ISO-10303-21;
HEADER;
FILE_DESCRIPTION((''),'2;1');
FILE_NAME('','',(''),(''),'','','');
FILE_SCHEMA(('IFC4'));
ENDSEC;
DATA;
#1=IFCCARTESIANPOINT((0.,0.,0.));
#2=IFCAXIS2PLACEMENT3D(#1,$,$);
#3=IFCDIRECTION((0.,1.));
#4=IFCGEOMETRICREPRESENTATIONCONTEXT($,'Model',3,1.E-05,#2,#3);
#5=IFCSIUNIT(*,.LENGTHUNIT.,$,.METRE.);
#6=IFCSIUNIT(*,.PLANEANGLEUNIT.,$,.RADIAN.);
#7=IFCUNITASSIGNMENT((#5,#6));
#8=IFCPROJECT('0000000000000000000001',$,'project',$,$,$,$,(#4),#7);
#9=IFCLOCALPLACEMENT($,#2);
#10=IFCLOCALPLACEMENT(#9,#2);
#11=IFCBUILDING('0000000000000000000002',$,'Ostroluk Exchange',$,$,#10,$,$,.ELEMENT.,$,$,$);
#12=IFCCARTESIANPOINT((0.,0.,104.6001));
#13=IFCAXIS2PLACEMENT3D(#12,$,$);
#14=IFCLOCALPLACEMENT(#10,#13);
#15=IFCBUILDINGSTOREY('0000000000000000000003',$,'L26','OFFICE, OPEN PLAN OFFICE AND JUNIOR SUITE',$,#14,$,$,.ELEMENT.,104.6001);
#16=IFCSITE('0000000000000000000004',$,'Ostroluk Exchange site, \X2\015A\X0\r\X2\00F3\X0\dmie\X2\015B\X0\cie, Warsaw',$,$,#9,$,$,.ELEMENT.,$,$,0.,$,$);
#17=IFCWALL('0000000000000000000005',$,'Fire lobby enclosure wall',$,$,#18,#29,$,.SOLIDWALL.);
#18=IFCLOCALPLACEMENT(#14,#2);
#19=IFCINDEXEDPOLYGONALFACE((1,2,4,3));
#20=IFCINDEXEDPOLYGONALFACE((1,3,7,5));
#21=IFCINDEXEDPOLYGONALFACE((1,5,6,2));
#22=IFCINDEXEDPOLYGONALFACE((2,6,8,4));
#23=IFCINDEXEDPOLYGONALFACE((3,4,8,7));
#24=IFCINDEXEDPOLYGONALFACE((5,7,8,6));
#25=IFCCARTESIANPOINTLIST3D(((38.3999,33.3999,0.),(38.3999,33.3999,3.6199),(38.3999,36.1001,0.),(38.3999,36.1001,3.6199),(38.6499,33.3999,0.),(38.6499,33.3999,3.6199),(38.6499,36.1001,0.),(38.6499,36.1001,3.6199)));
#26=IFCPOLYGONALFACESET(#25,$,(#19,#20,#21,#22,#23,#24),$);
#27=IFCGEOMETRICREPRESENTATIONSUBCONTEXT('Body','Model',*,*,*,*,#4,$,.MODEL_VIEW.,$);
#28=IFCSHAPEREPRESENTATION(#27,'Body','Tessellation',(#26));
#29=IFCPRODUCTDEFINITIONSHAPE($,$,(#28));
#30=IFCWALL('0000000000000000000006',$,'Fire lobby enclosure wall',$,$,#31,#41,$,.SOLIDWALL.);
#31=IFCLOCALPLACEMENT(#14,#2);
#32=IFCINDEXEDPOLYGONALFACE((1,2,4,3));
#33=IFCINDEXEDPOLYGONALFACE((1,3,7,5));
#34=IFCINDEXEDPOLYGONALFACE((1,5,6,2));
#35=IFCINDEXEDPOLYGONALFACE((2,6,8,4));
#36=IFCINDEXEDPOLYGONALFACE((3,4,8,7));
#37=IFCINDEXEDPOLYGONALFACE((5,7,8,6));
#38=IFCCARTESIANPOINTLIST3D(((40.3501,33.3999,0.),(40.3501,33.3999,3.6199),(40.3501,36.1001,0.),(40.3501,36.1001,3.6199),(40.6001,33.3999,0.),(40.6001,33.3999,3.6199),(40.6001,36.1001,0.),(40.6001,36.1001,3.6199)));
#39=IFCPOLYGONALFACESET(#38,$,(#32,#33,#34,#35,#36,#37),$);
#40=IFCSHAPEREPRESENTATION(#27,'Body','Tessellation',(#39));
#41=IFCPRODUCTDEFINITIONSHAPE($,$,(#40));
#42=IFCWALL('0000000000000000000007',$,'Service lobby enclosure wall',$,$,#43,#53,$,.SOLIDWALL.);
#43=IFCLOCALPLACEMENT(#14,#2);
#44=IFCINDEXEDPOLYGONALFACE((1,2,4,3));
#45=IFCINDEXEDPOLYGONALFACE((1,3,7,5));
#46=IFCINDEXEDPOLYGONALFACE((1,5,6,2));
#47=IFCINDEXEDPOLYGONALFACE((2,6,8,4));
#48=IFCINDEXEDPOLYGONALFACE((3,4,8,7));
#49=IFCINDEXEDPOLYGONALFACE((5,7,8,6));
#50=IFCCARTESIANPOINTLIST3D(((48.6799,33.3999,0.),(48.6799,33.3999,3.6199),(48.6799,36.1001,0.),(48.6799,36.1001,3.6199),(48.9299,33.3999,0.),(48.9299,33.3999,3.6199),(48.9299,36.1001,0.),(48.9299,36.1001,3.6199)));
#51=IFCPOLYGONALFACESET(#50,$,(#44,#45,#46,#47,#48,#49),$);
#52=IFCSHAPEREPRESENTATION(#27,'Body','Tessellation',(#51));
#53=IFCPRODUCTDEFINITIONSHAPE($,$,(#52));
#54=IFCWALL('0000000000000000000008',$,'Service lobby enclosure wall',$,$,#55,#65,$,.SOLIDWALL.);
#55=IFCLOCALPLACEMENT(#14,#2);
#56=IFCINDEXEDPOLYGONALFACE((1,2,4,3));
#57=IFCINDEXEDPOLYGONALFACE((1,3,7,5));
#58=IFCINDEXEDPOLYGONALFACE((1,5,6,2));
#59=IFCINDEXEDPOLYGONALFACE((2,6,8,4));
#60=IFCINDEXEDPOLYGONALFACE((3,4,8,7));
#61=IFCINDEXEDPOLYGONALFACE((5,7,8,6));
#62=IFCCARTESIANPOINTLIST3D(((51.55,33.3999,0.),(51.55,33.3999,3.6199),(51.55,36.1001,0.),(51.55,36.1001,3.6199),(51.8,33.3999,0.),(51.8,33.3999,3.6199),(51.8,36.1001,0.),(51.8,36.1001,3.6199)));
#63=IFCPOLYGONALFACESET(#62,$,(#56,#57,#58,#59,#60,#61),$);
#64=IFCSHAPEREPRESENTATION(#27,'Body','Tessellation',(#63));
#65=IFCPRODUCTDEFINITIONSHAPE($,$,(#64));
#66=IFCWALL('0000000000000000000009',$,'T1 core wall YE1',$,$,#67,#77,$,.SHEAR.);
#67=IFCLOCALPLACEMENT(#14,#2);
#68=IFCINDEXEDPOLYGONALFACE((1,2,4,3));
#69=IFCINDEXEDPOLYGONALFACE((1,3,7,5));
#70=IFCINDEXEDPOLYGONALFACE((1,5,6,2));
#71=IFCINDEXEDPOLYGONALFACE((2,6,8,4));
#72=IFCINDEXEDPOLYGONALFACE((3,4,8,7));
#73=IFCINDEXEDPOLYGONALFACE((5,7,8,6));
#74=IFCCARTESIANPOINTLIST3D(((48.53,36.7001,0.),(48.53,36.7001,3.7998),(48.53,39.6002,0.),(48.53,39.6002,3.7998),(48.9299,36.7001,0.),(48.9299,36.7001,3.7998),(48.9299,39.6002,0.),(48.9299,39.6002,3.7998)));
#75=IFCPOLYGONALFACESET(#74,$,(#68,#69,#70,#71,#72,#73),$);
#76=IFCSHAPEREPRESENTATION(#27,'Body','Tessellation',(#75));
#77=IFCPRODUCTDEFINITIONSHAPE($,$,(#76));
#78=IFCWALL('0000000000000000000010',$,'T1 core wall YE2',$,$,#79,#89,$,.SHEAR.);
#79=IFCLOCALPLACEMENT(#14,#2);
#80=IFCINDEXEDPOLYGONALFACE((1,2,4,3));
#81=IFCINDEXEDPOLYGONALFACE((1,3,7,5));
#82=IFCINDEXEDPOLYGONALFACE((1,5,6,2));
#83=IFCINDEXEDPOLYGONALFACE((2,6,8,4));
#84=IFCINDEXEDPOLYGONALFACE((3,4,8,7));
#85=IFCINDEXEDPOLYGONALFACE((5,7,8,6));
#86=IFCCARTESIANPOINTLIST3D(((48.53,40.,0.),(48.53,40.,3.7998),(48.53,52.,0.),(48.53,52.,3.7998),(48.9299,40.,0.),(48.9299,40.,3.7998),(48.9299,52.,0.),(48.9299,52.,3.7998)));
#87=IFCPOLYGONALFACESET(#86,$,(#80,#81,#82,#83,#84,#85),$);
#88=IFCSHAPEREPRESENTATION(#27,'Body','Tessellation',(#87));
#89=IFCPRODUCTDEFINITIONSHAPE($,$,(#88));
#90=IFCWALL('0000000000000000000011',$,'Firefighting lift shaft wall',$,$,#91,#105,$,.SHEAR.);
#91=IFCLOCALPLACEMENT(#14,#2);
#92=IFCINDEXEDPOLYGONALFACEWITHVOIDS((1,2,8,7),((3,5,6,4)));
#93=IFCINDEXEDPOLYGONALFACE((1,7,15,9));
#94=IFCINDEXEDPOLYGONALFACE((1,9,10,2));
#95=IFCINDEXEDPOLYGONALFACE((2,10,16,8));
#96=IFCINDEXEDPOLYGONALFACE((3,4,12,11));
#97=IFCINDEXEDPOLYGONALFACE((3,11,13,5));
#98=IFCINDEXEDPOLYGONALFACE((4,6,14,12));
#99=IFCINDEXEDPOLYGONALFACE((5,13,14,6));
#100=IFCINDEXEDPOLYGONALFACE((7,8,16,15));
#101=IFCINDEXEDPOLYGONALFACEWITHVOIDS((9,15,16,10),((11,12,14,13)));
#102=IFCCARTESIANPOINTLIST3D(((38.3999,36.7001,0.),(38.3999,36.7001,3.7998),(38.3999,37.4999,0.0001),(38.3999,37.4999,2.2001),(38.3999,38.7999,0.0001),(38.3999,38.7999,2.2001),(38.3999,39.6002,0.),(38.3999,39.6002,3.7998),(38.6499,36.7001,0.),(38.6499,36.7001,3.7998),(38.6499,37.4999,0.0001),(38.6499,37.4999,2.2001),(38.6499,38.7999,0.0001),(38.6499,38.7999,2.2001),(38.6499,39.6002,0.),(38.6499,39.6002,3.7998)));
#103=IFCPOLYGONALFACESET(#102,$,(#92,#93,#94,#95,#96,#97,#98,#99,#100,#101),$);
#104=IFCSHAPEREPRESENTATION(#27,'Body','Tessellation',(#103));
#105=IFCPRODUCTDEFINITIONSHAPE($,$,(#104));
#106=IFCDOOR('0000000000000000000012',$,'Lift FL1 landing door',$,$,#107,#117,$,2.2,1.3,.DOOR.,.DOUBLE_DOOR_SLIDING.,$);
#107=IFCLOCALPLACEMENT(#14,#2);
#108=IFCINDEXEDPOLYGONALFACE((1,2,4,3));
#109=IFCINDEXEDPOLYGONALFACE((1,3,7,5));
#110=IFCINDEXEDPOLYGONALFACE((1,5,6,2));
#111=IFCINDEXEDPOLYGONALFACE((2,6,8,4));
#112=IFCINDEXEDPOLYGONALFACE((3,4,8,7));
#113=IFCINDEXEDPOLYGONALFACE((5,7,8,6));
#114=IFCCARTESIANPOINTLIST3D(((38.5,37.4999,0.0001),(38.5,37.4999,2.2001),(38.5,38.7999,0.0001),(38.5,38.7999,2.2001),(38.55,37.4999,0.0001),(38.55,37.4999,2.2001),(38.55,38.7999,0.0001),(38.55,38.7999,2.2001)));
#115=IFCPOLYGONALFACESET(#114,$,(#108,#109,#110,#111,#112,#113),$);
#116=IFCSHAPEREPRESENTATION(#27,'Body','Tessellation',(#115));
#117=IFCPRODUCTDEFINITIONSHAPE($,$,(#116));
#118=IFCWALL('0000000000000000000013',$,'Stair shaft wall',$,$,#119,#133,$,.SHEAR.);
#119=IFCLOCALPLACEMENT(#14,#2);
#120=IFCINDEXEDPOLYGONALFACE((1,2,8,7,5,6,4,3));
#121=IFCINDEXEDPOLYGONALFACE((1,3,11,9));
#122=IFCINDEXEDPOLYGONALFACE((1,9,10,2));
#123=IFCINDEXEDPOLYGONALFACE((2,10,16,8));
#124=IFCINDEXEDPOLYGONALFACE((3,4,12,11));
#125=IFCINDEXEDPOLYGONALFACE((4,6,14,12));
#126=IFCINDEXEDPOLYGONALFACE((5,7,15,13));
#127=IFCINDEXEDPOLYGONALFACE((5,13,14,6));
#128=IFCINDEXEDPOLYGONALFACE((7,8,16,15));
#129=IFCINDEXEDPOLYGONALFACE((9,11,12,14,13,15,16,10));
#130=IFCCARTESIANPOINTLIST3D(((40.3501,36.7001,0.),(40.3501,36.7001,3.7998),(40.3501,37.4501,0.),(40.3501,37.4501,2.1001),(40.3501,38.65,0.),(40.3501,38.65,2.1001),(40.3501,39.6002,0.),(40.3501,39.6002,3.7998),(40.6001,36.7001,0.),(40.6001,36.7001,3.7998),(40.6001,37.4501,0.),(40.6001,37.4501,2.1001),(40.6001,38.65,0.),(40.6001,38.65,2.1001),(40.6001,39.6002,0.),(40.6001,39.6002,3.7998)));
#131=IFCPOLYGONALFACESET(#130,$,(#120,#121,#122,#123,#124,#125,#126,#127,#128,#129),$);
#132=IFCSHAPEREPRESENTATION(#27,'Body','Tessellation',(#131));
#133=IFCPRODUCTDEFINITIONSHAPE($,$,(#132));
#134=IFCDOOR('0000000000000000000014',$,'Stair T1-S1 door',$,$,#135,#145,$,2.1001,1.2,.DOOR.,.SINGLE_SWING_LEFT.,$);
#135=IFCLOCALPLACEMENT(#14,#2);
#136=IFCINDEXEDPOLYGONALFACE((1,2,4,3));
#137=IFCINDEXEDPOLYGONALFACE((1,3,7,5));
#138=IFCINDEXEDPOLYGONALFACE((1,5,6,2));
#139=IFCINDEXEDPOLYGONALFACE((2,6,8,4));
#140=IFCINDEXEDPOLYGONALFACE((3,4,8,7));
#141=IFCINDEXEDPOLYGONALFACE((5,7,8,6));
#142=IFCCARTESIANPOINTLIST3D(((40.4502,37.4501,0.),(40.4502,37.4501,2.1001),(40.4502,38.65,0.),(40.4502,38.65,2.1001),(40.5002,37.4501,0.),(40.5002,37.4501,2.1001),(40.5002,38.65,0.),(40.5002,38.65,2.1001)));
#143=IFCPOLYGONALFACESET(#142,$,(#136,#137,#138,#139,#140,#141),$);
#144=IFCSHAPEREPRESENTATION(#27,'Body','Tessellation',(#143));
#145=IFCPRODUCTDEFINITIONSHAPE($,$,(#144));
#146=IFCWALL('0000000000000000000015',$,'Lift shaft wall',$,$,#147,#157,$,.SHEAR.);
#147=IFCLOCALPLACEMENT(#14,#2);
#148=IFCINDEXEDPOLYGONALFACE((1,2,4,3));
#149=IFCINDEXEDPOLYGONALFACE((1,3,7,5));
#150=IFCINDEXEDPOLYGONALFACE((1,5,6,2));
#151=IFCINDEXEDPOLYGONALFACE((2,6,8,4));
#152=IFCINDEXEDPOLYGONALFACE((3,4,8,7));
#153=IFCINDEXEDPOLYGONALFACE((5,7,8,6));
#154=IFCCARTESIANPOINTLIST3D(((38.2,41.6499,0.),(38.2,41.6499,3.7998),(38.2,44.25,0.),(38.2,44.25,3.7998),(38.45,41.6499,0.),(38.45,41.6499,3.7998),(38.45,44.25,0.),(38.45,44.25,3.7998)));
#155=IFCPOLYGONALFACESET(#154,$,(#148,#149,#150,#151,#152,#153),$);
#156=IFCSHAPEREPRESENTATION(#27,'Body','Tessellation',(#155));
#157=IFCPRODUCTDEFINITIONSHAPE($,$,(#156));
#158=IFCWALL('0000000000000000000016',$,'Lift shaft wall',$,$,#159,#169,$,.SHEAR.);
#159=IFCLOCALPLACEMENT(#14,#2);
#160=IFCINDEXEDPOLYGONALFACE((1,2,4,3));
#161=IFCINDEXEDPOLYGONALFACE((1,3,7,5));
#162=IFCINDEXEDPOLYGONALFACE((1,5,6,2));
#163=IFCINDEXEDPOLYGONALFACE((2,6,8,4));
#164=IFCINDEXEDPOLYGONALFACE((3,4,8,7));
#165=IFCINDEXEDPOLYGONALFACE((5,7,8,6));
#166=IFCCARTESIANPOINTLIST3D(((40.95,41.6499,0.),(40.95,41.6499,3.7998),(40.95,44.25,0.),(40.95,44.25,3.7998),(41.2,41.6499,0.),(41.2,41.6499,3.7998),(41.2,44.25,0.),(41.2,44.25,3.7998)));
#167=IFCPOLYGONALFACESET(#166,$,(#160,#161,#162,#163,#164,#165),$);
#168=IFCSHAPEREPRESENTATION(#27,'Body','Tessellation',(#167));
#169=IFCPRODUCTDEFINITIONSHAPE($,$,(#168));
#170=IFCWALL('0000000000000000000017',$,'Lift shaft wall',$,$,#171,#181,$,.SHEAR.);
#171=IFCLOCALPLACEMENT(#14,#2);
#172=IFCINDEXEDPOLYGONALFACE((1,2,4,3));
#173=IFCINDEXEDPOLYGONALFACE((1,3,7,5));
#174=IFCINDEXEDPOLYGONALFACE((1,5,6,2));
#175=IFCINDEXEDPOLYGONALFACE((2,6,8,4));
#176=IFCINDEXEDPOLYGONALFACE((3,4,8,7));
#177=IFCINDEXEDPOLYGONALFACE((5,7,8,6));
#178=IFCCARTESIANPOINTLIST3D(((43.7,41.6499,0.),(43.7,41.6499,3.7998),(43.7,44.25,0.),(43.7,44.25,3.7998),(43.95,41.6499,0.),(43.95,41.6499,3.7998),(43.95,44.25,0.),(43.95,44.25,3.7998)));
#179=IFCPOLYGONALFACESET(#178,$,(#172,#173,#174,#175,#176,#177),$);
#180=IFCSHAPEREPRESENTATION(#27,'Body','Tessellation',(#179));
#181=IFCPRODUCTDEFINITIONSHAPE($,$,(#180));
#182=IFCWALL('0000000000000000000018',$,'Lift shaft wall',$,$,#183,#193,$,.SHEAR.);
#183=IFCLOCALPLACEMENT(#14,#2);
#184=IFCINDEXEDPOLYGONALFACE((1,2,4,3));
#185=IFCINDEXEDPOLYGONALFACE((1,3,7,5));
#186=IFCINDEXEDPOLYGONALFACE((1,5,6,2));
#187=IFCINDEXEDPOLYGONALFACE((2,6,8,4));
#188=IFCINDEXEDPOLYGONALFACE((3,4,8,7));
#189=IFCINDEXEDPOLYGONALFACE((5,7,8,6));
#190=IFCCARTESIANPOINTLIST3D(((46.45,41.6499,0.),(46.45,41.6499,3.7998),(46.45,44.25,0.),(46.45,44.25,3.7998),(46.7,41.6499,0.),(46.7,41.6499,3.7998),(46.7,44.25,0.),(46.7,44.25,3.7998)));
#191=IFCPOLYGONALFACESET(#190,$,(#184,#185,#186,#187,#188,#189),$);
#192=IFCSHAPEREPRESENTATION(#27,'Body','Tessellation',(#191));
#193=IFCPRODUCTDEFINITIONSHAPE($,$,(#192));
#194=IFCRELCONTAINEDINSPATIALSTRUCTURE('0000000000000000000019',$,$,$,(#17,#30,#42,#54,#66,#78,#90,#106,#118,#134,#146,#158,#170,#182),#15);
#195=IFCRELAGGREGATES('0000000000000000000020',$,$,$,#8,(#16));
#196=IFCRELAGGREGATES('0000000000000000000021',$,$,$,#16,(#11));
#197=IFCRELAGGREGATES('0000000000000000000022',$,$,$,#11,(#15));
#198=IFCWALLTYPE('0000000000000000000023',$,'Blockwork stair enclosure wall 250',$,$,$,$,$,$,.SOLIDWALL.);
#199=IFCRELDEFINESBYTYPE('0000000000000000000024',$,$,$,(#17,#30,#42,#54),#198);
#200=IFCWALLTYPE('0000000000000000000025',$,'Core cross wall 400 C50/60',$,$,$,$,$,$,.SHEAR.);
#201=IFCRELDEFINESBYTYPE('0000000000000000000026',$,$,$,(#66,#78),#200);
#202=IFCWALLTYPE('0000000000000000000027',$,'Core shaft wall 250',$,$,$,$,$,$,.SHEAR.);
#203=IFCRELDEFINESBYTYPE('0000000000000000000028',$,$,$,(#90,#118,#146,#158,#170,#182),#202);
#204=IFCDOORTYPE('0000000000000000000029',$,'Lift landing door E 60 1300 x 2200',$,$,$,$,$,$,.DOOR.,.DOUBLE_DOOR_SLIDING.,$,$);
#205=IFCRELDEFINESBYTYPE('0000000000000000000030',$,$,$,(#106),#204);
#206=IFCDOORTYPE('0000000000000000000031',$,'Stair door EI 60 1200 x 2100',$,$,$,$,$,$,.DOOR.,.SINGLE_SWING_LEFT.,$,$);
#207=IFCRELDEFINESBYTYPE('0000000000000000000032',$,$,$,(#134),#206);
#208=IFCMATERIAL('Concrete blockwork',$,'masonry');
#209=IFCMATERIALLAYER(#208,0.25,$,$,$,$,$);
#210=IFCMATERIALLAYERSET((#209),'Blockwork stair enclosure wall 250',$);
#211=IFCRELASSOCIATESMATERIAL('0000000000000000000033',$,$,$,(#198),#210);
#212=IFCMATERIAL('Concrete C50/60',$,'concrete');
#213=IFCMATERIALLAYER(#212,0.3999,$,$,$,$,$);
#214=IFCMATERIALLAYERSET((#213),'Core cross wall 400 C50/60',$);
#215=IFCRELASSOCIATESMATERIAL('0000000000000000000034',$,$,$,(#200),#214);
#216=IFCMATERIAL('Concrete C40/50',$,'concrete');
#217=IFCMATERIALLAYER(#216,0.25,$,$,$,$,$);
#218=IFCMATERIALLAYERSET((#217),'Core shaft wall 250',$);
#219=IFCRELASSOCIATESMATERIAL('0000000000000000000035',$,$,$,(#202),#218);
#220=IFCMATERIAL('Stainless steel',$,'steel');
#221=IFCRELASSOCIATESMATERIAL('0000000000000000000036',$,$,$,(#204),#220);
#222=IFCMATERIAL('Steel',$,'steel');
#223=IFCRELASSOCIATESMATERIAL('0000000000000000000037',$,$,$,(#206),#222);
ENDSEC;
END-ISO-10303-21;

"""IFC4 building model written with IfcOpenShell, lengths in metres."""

from ifc_helpers import new_model, si_unit, direction, frame, frame_2d, origin, place, context, subcontext, project, spatial, rectangle, extrude, material, layer, layer_set, type_object, element, fill, save


model = new_model("IFC4")

# Units and contexts
model_context = context("Model", 3, precision=1e-05, world=origin(), true_north=direction((0.0, 1.0)))
body_context = subcontext(model_context, "Body", "Model", "MODEL_VIEW")
ifc_project = project(units=[si_unit("LENGTHUNIT", "METRE"), si_unit("PLANEANGLEUNIT", "RADIAN")], contexts=[model_context])

# Site, building, storey
site_placement = place(None, origin())
site = spatial("IfcSite", under=ifc_project, at=site_placement, Name="Ostroluk Exchange site, Śródmieście, Warsaw", CompositionType="ELEMENT", RefElevation=0.0)
building_placement = place(site_placement, origin())
building = spatial("IfcBuilding", under=site, at=building_placement, Name="Ostroluk Exchange", CompositionType="ELEMENT")
storey_placement = place(building_placement, frame((0.0, 0.0, 104.6001)))
storey = spatial("IfcBuildingStorey", under=building, at=storey_placement, Name="L26", Description="OFFICE, OPEN PLAN OFFICE AND JUNIOR SUITE", CompositionType="ELEMENT", Elevation=104.6001)

# Walls
ifc_material_1 = material(Name="Concrete blockwork", Category="masonry")
ifc_layer_1 = layer(ifc_material_1, 0.25)
ifc_layer_set_1 = layer_set([ifc_layer_1], Name="Blockwork stair enclosure wall 250")
wall_type_1 = type_object("IfcWallType", Name="Blockwork stair enclosure wall 250", PredefinedType="SOLIDWALL", material=ifc_layer_set_1)
for number, where, z_axis, x_axis, name in (
    (1, (38.5249, 33.3999, 0.0), (0.0, 0.0, 1.0), (0.0, 1.0, 0.0), "Fire lobby enclosure wall"),
    (2, (40.4751, 33.3999, 0.0), (0.0, 0.0, 1.0), (0.0, 1.0, 0.0), "Fire lobby enclosure wall"),
    (3, (48.8049, 33.3999, 0.0), (0.0, 0.0, 1.0), (0.0, 1.0, 0.0), "Service lobby enclosure wall"),
    (4, (51.675, 33.3999, 0.0), (0.0, 0.0, 1.0), (0.0, 1.0, 0.0), "Service lobby enclosure wall"),
):
    element("IfcWall", number, at=place(storey_placement, frame(where, z_axis=z_axis, x_axis=x_axis)), inside=storey, type_object=wall_type_1, Name=name, PredefinedType="SOLIDWALL", context=body_context, shape_type="SweptSolid", body=[
        extrude(rectangle(XDim=2.7002, YDim=0.25, at=frame_2d((1.3501, 0.0))), origin(), (0.0, 0.0, 1.0), 3.6199),
    ])
ifc_material_2 = material(Name="Concrete C50/60", Category="concrete")
ifc_layer_2 = layer(ifc_material_2, 0.3999)
ifc_layer_set_2 = layer_set([ifc_layer_2], Name="Core cross wall 400 C50/60")
wall_type_2 = type_object("IfcWallType", Name="Core cross wall 400 C50/60", PredefinedType="SHEAR", material=ifc_layer_set_2)
wall_1_placement = place(storey_placement, frame((48.73, 36.7, 0.0), z_axis=(0.0, 0.0, 1.0), x_axis=(0.0, 1.0, 0.0)))
element("IfcWall", 5, at=wall_1_placement, inside=storey, type_object=wall_type_2, Name="T1 core wall YE1", PredefinedType="SHEAR", context=body_context, shape_type="SweptSolid", body=[
    extrude(rectangle(XDim=2.9001, YDim=0.3999, at=frame_2d((1.4502, 0.0))), origin(), (0.0, 0.0, 1.0), 3.7998),
])
wall_2_placement = place(storey_placement, frame((48.73, 40.0, 0.0), z_axis=(0.0, 0.0, 1.0), x_axis=(0.0, 1.0, 0.0)))
element("IfcWall", 6, at=wall_2_placement, inside=storey, type_object=wall_type_2, Name="T1 core wall YE2", PredefinedType="SHEAR", context=body_context, shape_type="SweptSolid", body=[
    extrude(rectangle(XDim=12.0, YDim=0.3999, at=frame_2d((6.0, 0.0))), origin(), (0.0, 0.0, 1.0), 3.7998),
])

# Walls, openings, doors
ifc_material_3 = material(Name="Concrete C40/50", Category="concrete")
ifc_layer_3 = layer(ifc_material_3, 0.25)
ifc_layer_set_3 = layer_set([ifc_layer_3], Name="Core shaft wall 250")
wall_type_3 = type_object("IfcWallType", Name="Core shaft wall 250", PredefinedType="SHEAR", material=ifc_layer_set_3)
wall_3_placement = place(storey_placement, frame((38.5249, 36.7, 0.0), z_axis=(0.0, 0.0, 1.0), x_axis=(0.0, 1.0, 0.0)))
wall_3 = element("IfcWall", 7, at=wall_3_placement, inside=storey, type_object=wall_type_3, Name="Firefighting lift shaft wall", PredefinedType="SHEAR", context=body_context, shape_type="SweptSolid", body=[
    extrude(rectangle(XDim=2.9001, YDim=0.25, at=frame_2d((1.4502, 0.0))), origin(), (0.0, 0.0, 1.0), 3.7998),
])
opening_1_placement = place(wall_3_placement, frame((0.8, 0.0, 0.0)))
opening_1 = element("IfcOpeningElement", 8, at=opening_1_placement, cuts=wall_3, PredefinedType="OPENING", context=body_context, shape_type="SweptSolid", body=[
    extrude(rectangle(XDim=1.3, YDim=2.2, at=frame_2d((0.6499, 1.1001))), frame((0.0, 0.135, 0.0), z_axis=(0.0, -1.0, 0.0), x_axis=(1.0, 0.0, 0.0)), (0.0, 0.0, 1.0), 0.27),
])
ifc_material_4 = material(Name="Stainless steel", Category="steel")
door_type_1 = type_object("IfcDoorType", Name="Lift landing door E 60 1300 x 2200", OperationType="DOUBLE_DOOR_SLIDING", PredefinedType="DOOR", material=ifc_material_4)
door_1_placement = place(opening_1_placement, origin())
door_1 = element("IfcDoor", 9, at=door_1_placement, inside=storey, type_object=door_type_1, Name="Lift FL1 landing door", OperationType="DOUBLE_DOOR_SLIDING", OverallHeight=2.2, OverallWidth=1.3, PredefinedType="DOOR", context=body_context, shape_type="SweptSolid", body=[
    extrude(rectangle(XDim=1.3, YDim=2.2, at=frame_2d((0.6499, 1.1001))), frame((0.0, 0.0249, 0.0), z_axis=(0.0, -1.0, 0.0), x_axis=(1.0, 0.0, 0.0)), (0.0, 0.0, 1.0), 0.05),
])
fill(opening_1, door_1)
wall_4_placement = place(storey_placement, frame((40.4751, 36.7, 0.0), z_axis=(0.0, 0.0, 1.0), x_axis=(0.0, 1.0, 0.0)))
wall_4 = element("IfcWall", 10, at=wall_4_placement, inside=storey, type_object=wall_type_3, Name="Stair shaft wall", PredefinedType="SHEAR", context=body_context, shape_type="SweptSolid", body=[
    extrude(rectangle(XDim=2.9001, YDim=0.25, at=frame_2d((1.4502, 0.0))), origin(), (0.0, 0.0, 1.0), 3.7998),
])
opening_2_placement = place(wall_4_placement, frame((0.75, 0.0, 0.0)))
opening_2 = element("IfcOpeningElement", 11, at=opening_2_placement, cuts=wall_4, PredefinedType="OPENING", context=body_context, shape_type="SweptSolid", body=[
    extrude(rectangle(XDim=1.2, YDim=2.1001, at=frame_2d((0.6001, 1.05))), frame((0.0, 0.135, 0.0), z_axis=(0.0, -1.0, 0.0), x_axis=(1.0, 0.0, 0.0)), (0.0, 0.0, 1.0), 0.27),
])
ifc_material_5 = material(Name="Steel", Category="steel")
door_type_2 = type_object("IfcDoorType", Name="Stair door EI 60 1200 x 2100", OperationType="SINGLE_SWING_LEFT", PredefinedType="DOOR", material=ifc_material_5)
door_2_placement = place(opening_2_placement, origin())
door_2 = element("IfcDoor", 12, at=door_2_placement, inside=storey, type_object=door_type_2, Name="Stair T1-S1 door", OperationType="SINGLE_SWING_LEFT", OverallHeight=2.1001, OverallWidth=1.2, PredefinedType="DOOR", context=body_context, shape_type="SweptSolid", body=[
    extrude(rectangle(XDim=1.2, YDim=2.1001, at=frame_2d((0.6001, 1.05))), frame((0.0, 0.0249, 0.0), z_axis=(0.0, -1.0, 0.0), x_axis=(1.0, 0.0, 0.0)), (0.0, 0.0, 1.0), 0.05),
])
fill(opening_2, door_2)

# Walls
for number, where, z_axis, x_axis, name in (
    (13, (38.325, 44.25, 0.0), (0.0, 0.0, 1.0), (0.0, -1.0, 0.0), "Lift shaft wall"),
    (14, (41.075, 44.25, 0.0), (0.0, 0.0, 1.0), (0.0, -1.0, 0.0), "Lift shaft wall"),
    (15, (43.825, 44.25, 0.0), (0.0, 0.0, 1.0), (0.0, -1.0, 0.0), "Lift shaft wall"),
    (16, (46.575, 44.25, 0.0), (0.0, 0.0, 1.0), (0.0, -1.0, 0.0), "Lift shaft wall"),
):
    element("IfcWall", number, at=place(storey_placement, frame(where, z_axis=z_axis, x_axis=x_axis)), inside=storey, type_object=wall_type_3, Name=name, PredefinedType="SHEAR", context=body_context, shape_type="SweptSolid", body=[
        extrude(rectangle(XDim=2.6001, YDim=0.25, at=frame_2d((1.3, 0.0))), origin(), (0.0, 0.0, 1.0), 3.7998),
    ])

save(model, "model.ifc")
